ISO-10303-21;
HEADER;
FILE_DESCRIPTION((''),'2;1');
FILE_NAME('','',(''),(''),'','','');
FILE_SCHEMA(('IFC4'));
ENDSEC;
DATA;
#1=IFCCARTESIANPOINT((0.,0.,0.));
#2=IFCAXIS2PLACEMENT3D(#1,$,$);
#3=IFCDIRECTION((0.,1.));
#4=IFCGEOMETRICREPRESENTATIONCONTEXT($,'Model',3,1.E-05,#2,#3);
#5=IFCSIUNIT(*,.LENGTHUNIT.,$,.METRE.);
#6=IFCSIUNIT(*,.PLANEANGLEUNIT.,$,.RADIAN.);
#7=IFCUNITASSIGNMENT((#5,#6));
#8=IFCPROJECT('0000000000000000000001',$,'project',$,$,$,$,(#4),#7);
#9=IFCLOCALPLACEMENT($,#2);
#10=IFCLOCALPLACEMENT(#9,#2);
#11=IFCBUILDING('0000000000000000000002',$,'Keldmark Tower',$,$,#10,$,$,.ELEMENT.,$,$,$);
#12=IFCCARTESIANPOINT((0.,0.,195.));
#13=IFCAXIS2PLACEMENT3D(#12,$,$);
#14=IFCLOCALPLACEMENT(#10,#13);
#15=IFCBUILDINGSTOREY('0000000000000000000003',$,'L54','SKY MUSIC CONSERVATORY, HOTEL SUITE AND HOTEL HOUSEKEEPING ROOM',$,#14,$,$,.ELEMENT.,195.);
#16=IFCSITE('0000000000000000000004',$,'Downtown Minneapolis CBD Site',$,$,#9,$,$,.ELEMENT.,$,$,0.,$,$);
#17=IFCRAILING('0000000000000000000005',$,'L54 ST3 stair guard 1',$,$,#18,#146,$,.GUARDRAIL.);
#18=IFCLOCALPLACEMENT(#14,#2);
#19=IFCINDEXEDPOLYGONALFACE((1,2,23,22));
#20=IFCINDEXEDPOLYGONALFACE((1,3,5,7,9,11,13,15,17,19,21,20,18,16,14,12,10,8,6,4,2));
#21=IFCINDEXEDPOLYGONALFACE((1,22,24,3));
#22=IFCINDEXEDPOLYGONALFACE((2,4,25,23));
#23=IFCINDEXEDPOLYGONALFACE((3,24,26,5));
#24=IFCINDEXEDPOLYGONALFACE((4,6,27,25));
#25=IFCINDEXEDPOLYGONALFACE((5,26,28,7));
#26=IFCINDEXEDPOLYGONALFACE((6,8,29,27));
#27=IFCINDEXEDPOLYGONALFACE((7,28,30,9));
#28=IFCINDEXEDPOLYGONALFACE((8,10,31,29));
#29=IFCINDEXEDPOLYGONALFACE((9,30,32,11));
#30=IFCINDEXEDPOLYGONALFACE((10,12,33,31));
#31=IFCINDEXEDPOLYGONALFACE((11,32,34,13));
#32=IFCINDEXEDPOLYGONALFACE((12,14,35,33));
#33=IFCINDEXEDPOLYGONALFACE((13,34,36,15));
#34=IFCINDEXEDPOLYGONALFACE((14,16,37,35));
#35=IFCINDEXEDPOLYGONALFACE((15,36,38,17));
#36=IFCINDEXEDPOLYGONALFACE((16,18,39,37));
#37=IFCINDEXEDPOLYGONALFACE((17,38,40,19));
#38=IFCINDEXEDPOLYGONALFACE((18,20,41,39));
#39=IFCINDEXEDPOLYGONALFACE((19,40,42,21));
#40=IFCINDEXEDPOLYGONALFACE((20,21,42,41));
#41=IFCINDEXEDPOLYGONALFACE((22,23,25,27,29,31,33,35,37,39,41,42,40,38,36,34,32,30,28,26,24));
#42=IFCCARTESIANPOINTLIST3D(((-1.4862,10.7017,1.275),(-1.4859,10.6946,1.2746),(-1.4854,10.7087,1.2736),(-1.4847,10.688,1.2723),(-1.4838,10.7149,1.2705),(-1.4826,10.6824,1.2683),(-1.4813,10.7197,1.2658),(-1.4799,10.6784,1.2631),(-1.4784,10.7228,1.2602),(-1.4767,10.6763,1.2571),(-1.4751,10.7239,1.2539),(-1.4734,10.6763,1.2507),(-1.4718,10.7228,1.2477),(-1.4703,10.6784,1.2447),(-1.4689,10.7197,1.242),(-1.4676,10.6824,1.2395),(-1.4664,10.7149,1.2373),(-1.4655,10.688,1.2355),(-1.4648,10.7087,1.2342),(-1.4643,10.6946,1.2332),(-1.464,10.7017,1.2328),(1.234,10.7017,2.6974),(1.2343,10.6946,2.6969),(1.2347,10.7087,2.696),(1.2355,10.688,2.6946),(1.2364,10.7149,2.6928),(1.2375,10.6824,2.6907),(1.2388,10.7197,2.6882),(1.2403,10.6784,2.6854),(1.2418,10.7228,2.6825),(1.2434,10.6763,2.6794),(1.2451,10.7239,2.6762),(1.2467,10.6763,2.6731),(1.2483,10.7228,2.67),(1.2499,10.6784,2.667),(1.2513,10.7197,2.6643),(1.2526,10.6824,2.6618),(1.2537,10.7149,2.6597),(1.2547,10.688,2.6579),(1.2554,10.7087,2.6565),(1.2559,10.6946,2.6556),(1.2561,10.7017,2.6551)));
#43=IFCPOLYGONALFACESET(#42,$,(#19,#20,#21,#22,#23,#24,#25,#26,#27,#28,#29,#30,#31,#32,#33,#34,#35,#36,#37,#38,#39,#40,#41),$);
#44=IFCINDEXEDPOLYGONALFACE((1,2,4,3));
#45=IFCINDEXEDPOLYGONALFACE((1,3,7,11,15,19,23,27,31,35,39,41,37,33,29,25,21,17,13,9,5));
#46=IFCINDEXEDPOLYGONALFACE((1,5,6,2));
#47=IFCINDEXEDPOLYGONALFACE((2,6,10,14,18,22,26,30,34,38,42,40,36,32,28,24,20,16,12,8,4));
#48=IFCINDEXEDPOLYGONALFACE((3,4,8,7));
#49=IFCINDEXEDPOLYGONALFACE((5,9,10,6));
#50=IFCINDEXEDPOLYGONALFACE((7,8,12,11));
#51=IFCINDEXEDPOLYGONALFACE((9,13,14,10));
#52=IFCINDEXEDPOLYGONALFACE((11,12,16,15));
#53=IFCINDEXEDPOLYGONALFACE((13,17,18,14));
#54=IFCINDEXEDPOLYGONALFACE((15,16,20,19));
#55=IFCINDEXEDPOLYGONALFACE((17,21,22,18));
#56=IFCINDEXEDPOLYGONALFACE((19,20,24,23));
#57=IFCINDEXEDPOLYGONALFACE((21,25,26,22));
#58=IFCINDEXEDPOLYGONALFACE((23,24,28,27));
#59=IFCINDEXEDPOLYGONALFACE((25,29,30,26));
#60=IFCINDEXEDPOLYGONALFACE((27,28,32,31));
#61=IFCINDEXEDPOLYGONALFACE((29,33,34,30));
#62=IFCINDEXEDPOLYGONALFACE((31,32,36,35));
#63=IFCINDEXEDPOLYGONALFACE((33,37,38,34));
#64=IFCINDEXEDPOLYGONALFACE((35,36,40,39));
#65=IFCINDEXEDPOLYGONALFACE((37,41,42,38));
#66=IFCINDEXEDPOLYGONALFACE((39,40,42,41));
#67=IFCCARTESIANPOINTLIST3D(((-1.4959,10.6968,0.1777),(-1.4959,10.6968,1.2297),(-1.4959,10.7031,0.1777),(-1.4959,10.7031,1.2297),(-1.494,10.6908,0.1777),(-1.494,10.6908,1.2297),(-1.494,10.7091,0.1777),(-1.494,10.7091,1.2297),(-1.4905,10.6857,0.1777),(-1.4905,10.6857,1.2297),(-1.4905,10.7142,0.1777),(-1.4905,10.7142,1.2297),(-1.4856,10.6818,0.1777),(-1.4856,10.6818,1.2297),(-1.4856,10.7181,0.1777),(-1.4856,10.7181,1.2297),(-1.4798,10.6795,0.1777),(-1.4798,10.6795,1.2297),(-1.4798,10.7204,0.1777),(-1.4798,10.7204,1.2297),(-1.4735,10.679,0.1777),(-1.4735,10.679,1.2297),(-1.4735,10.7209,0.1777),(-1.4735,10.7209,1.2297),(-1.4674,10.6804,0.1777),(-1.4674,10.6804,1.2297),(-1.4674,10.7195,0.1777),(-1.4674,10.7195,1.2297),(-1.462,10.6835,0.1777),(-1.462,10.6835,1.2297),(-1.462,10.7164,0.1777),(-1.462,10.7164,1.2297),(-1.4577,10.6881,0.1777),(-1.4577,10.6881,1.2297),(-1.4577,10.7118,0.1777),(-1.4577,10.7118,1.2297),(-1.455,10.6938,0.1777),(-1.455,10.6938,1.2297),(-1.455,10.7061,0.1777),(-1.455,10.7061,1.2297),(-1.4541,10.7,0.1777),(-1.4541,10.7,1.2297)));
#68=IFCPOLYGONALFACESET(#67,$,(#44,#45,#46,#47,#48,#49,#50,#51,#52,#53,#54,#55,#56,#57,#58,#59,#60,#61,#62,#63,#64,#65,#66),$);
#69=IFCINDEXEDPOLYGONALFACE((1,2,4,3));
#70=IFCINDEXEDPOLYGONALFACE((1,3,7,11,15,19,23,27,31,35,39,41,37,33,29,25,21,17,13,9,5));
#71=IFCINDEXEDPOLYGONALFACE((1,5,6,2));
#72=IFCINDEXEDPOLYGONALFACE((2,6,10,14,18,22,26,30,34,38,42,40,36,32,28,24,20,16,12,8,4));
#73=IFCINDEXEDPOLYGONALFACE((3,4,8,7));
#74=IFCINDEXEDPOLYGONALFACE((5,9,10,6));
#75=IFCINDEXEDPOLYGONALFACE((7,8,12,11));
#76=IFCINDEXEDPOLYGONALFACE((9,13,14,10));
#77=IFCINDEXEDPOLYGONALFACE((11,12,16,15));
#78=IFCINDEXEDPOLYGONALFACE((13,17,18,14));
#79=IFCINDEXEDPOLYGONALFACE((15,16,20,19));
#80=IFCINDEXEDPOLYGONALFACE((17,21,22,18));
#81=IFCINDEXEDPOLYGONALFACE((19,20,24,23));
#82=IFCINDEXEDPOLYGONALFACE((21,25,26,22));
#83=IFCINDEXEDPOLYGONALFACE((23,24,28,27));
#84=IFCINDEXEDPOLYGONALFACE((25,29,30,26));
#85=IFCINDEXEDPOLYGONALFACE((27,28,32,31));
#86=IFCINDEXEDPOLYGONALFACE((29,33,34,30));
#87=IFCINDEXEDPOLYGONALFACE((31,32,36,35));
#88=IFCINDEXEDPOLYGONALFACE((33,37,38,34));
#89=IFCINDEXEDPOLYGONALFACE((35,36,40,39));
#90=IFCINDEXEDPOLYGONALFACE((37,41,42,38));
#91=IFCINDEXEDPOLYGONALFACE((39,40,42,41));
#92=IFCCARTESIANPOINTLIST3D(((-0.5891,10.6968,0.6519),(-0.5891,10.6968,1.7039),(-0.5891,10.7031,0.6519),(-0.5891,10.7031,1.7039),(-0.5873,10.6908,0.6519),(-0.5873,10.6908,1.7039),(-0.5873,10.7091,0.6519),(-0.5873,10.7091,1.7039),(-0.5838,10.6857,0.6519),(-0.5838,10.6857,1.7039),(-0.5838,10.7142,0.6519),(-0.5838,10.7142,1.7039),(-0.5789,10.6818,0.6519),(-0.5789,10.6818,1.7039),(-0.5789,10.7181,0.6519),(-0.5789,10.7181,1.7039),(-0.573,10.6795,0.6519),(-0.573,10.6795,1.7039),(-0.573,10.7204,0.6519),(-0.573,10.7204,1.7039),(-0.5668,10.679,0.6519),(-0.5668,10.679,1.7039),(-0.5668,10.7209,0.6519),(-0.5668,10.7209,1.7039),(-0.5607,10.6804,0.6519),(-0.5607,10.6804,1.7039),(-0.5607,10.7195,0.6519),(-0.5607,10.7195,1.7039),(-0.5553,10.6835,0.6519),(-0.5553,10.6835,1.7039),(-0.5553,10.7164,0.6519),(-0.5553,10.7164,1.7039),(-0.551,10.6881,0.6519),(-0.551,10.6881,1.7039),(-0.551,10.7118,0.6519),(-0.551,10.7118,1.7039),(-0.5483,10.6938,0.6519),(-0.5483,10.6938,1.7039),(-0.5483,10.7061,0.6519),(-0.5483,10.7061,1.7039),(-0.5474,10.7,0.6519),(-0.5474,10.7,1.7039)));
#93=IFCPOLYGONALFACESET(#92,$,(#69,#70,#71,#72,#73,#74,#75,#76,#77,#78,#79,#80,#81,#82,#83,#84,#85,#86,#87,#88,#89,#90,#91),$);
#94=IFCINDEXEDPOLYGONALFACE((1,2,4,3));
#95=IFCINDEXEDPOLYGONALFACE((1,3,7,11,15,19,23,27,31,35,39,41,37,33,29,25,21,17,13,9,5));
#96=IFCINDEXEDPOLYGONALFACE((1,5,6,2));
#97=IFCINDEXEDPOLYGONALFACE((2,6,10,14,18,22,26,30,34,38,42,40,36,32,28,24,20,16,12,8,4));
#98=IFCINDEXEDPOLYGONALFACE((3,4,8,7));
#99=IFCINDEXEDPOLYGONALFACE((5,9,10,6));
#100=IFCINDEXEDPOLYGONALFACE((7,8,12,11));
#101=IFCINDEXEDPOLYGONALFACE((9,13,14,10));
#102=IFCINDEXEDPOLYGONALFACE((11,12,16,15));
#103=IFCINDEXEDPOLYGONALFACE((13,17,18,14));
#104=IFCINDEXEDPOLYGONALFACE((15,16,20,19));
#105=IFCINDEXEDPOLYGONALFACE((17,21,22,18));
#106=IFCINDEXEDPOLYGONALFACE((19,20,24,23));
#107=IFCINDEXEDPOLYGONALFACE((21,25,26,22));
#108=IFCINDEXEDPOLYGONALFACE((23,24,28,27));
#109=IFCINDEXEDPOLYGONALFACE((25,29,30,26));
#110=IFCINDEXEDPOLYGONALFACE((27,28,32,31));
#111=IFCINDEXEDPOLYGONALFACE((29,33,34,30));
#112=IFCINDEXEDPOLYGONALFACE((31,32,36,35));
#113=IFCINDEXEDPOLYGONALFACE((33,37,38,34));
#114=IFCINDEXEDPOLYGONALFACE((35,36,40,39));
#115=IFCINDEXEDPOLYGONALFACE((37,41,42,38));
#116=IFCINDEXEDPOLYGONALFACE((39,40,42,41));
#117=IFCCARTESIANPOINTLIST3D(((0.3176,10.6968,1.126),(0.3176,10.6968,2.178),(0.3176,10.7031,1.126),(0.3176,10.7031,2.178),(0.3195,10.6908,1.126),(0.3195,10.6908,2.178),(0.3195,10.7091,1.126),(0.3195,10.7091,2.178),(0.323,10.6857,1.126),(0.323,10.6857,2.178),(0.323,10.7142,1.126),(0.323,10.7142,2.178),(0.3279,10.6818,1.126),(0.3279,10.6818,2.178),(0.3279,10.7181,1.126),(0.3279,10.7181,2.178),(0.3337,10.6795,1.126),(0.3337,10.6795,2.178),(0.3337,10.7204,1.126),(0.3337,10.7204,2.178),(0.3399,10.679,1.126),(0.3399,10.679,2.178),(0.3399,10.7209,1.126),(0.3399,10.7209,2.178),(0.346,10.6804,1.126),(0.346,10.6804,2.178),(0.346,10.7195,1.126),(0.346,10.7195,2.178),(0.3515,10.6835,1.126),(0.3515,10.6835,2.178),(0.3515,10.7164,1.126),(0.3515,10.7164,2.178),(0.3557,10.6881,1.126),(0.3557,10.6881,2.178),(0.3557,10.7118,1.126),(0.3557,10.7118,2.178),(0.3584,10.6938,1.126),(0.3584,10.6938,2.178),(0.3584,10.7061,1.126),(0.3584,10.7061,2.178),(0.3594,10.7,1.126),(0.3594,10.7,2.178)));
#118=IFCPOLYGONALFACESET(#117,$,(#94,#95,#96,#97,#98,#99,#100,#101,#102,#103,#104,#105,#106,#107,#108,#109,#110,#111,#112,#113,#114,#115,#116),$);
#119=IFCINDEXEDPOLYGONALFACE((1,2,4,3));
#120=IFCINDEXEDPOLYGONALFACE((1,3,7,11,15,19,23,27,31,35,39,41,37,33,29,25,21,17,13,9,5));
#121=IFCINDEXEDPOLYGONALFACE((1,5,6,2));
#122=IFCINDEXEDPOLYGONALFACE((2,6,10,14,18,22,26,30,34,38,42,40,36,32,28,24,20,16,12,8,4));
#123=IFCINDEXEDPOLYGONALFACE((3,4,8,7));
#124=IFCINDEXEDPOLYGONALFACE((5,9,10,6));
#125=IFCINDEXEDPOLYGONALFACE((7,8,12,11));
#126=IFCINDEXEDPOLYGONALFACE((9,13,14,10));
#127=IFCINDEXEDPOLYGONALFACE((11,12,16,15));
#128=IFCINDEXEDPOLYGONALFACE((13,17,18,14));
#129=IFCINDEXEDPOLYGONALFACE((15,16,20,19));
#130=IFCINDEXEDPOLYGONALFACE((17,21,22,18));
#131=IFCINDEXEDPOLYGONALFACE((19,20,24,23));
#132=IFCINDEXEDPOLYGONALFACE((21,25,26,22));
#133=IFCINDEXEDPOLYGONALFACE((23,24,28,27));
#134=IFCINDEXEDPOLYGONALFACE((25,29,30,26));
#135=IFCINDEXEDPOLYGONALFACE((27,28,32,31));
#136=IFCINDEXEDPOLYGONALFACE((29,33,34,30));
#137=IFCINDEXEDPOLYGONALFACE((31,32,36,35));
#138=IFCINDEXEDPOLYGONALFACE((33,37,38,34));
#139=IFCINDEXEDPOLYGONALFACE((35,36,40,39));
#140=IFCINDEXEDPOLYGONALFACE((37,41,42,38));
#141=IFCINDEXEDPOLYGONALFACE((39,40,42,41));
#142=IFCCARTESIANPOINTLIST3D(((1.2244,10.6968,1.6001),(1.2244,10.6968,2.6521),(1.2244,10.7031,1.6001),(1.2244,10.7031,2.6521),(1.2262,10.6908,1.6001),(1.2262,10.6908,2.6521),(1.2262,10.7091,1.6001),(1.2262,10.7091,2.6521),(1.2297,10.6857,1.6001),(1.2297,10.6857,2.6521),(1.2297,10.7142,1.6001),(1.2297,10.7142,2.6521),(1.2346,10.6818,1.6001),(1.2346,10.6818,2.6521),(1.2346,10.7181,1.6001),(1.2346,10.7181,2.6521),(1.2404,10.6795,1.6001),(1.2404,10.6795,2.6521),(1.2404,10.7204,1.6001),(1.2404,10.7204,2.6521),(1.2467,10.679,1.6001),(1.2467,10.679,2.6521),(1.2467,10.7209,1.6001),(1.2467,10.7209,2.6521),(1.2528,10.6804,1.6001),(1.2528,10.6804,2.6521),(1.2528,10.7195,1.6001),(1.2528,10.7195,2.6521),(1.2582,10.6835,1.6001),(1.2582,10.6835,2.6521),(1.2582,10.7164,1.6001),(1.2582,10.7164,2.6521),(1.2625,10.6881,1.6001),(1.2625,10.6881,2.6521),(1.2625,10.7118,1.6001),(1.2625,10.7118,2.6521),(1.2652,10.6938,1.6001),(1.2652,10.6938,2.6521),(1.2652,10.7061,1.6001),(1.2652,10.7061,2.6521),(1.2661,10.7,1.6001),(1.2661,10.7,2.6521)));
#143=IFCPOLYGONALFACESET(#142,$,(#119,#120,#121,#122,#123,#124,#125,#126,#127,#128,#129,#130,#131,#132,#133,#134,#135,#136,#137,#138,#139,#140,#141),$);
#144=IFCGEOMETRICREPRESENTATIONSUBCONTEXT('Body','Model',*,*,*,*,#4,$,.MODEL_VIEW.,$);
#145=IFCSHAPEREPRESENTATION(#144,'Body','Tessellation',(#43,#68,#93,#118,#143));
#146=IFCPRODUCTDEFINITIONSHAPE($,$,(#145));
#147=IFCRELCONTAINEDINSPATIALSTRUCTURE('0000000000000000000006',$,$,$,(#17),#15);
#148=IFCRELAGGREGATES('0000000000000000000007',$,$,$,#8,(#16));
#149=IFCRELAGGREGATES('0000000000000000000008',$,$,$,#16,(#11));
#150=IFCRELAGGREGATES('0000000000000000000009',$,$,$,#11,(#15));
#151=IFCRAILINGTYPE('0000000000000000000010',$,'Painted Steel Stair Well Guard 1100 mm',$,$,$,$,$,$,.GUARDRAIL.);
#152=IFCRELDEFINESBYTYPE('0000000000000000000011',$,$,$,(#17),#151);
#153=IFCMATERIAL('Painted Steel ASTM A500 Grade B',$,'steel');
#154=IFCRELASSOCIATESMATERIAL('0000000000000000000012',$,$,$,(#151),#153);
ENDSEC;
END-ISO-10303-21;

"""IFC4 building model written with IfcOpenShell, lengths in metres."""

from ifc_helpers import new_model, si_unit, direction, frame, origin, origin_2d, place, context, subcontext, project, spatial, circle, extrude, material, type_object, element, save


model = new_model("IFC4")

# Units and contexts
model_context = context("Model", 3, precision=1e-05, world=origin(), true_north=direction((0.0, 1.0)))
body_context = subcontext(model_context, "Body", "Model", "MODEL_VIEW")
ifc_project = project(units=[si_unit("LENGTHUNIT", "METRE"), si_unit("PLANEANGLEUNIT", "RADIAN")], contexts=[model_context])

# Site, building, storey
site_placement = place(None, origin())
site = spatial("IfcSite", under=ifc_project, at=site_placement, Name="Downtown Minneapolis CBD Site", CompositionType="ELEMENT", RefElevation=0.0)
building_placement = place(site_placement, origin())
building = spatial("IfcBuilding", under=site, at=building_placement, Name="Keldmark Tower", CompositionType="ELEMENT")
storey_placement = place(building_placement, frame((0.0, 0.0, 195.0)))
storey = spatial("IfcBuildingStorey", under=building, at=storey_placement, Name="L54", Description="SKY MUSIC CONSERVATORY, HOTEL SUITE AND HOTEL HOUSEKEEPING ROOM", CompositionType="ELEMENT", Elevation=195.0)

# Railing
ifc_material_1 = material(Name="Painted Steel ASTM A500 Grade B", Category="steel")
railing_type_1 = type_object("IfcRailingType", Name="Painted Steel Stair Well Guard 1100 mm", PredefinedType="GUARDRAIL", material=ifc_material_1)
railing_1_placement = place(storey_placement, frame((-1.4751, 10.7, 0.1777)))
element("IfcRailing", 1, at=railing_1_placement, inside=storey, type_object=railing_type_1, Name="L54 ST3 stair guard 1", PredefinedType="GUARDRAIL", context=body_context, shape_type="SweptSolid", body=[
    extrude(circle(Radius=0.0239, at=origin_2d()), frame((0.0, 0.0, 1.0762), z_axis=(0.886168, 0.0, 0.463365), x_axis=(0.0, 1.0, 0.0)), (0.0, 0.0, 1.0), 3.0696),
    extrude(circle(Radius=0.021, at=origin_2d()), origin(), (0.0, 0.0, 1.0), 1.052),
    extrude(circle(Radius=0.021, at=origin_2d()), frame((0.9067, 0.0, 0.4741)), (0.0, 0.0, 1.0), 1.052),
    extrude(circle(Radius=0.021, at=origin_2d()), frame((1.8135, 0.0, 0.9482)), (0.0, 0.0, 1.0), 1.052),
    extrude(circle(Radius=0.021, at=origin_2d()), frame((2.7202, 0.0, 1.4224)), (0.0, 0.0, 1.0), 1.052),
])

save(model, "model.ifc")
